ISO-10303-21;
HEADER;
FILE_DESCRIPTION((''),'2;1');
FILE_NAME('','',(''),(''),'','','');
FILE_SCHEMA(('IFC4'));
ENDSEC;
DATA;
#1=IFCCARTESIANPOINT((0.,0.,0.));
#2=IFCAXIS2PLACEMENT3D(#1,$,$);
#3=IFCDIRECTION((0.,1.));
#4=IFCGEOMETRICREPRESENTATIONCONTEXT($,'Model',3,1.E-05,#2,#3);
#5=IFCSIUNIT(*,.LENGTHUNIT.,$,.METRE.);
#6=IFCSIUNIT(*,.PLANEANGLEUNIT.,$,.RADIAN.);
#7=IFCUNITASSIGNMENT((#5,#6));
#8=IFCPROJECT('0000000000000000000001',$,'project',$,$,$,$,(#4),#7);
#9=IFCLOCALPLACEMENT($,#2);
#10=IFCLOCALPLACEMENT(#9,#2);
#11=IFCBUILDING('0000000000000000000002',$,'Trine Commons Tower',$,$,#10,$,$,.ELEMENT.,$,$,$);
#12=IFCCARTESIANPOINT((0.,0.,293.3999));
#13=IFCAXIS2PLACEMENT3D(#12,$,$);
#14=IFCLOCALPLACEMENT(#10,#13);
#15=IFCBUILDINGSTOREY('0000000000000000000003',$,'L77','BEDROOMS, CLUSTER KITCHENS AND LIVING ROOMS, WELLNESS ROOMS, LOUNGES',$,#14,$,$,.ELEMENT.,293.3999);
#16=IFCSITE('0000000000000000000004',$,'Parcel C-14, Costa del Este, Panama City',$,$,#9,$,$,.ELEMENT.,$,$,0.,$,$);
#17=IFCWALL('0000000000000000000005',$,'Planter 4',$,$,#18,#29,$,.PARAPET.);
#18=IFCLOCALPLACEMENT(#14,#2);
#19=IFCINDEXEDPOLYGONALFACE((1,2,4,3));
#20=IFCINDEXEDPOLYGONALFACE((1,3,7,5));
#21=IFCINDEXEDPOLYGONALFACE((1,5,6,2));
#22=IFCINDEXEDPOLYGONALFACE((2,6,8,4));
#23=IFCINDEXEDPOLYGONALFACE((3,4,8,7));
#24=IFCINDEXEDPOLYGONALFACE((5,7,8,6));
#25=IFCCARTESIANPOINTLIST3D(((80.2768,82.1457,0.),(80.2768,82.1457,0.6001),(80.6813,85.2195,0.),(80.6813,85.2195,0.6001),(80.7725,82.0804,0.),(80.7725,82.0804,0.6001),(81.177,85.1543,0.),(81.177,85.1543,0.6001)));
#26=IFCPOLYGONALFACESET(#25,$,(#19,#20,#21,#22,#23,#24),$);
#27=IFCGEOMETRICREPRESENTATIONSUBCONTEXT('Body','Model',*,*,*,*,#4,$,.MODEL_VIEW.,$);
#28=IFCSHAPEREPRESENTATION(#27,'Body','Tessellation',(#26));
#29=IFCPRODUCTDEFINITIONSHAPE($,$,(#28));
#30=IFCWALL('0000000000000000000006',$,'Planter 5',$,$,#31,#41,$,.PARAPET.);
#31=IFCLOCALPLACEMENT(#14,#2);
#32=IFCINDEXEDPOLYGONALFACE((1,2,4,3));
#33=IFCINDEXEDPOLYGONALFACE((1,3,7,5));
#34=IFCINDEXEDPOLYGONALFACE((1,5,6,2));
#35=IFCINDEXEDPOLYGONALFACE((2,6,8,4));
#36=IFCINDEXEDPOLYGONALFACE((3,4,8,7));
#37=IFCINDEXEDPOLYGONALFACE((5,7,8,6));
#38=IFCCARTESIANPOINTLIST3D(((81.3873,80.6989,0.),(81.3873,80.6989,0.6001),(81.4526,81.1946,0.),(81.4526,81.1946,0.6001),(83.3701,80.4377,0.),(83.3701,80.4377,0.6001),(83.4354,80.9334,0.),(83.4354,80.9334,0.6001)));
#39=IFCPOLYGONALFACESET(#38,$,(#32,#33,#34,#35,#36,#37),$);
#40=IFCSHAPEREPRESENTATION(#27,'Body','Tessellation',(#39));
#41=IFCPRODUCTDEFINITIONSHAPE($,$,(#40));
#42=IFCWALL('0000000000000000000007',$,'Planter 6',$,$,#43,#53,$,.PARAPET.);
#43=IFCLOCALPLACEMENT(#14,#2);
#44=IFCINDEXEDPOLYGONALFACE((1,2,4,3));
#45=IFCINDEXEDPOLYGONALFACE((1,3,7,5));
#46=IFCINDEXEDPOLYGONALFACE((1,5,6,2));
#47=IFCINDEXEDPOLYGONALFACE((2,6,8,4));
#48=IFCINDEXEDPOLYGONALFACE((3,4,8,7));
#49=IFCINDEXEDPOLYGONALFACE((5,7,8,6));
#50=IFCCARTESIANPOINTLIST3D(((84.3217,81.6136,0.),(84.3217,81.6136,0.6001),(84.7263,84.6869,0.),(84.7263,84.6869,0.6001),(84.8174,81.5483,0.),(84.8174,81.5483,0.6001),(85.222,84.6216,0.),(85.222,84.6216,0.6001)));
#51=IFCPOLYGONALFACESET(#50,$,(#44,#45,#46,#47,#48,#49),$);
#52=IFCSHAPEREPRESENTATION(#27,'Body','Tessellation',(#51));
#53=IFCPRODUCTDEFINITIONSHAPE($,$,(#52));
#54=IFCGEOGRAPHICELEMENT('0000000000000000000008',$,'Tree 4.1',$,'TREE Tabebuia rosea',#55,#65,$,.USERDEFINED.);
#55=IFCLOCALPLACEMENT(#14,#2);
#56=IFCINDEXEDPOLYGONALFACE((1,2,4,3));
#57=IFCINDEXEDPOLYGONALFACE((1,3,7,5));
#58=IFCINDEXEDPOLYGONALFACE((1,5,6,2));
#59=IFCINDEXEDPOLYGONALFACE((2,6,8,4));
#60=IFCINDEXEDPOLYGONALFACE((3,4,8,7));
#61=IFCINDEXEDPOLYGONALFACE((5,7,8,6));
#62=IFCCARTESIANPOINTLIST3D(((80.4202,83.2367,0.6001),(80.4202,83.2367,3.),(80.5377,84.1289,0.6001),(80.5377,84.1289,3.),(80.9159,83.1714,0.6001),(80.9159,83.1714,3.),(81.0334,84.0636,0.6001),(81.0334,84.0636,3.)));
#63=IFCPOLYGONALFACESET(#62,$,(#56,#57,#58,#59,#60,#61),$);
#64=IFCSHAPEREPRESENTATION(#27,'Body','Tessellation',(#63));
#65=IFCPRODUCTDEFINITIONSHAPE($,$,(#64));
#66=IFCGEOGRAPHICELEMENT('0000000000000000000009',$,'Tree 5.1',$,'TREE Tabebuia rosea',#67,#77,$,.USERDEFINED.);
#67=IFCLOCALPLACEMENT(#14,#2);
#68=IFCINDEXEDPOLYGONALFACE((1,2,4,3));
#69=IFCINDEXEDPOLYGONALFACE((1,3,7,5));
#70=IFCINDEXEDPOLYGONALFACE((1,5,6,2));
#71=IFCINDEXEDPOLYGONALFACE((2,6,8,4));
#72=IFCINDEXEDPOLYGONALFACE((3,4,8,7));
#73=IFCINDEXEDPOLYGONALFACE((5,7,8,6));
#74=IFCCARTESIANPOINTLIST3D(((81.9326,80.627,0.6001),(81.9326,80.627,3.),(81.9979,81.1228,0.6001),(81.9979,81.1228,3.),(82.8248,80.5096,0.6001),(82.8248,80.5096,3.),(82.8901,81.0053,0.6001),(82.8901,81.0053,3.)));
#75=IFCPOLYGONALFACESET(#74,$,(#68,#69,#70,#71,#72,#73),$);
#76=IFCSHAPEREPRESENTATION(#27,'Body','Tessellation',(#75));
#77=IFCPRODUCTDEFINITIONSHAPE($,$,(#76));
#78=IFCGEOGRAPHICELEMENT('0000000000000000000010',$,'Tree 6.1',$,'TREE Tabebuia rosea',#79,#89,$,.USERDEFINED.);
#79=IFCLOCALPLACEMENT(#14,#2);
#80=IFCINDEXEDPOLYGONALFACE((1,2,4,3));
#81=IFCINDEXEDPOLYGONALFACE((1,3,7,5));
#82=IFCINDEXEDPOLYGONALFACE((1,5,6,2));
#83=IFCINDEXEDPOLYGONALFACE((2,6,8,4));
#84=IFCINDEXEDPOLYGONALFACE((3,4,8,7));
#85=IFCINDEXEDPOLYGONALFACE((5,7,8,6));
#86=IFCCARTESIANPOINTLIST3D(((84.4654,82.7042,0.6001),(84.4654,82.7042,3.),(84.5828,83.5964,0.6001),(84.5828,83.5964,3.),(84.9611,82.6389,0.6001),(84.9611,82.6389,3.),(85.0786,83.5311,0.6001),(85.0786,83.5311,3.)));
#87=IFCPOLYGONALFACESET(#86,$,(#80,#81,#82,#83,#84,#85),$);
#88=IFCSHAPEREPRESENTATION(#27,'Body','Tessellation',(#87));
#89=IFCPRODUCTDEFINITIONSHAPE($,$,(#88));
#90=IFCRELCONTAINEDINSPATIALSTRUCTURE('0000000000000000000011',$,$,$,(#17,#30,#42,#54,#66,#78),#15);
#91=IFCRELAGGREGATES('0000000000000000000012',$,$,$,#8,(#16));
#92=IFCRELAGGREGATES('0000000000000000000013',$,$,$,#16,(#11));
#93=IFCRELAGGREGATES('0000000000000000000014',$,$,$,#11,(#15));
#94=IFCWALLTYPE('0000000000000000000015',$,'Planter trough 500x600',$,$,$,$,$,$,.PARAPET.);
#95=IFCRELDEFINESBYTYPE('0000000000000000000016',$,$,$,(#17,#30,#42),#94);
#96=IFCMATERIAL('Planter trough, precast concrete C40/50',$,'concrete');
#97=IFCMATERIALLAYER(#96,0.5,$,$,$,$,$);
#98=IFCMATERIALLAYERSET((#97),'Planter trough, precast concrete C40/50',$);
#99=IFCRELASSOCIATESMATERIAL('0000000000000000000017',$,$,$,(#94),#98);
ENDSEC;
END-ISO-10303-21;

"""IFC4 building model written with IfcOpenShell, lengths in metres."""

from ifc_helpers import new_model, si_unit, direction, frame, frame_2d, origin, origin_2d, place, context, subcontext, project, spatial, rectangle, extrude, material, layer, layer_set, type_object, element, save


model = new_model("IFC4")

# Units and contexts
model_context = context("Model", 3, precision=1e-05, world=origin(), true_north=direction((0.0, 1.0)))
body_context = subcontext(model_context, "Body", "Model", "MODEL_VIEW")
ifc_project = project(units=[si_unit("LENGTHUNIT", "METRE"), si_unit("PLANEANGLEUNIT", "RADIAN")], contexts=[model_context])

# Site, building, storey
site_placement = place(None, origin())
site = spatial("IfcSite", under=ifc_project, at=site_placement, Name="Parcel C-14, Costa del Este, Panama City", CompositionType="ELEMENT", RefElevation=0.0)
building_placement = place(site_placement, origin())
building = spatial("IfcBuilding", under=site, at=building_placement, Name="Trine Commons Tower", CompositionType="ELEMENT")
storey_placement = place(building_placement, frame((0.0, 0.0, 293.3999)))
storey = spatial("IfcBuildingStorey", under=building, at=storey_placement, Name="L77", Description="BEDROOMS, CLUSTER KITCHENS AND LIVING ROOMS, WELLNESS ROOMS, LOUNGES", CompositionType="ELEMENT", Elevation=293.3999)

# Walls
ifc_material_1 = material(Name="Planter trough, precast concrete C40/50", Category="concrete")
ifc_layer_1 = layer(ifc_material_1, 0.5)
ifc_layer_set_1 = layer_set([ifc_layer_1], Name="Planter trough, precast concrete C40/50")
wall_type_1 = type_object("IfcWallType", Name="Planter trough 500x600", PredefinedType="PARAPET", material=ifc_layer_set_1)
wall_1_placement = place(storey_placement, frame((80.9292, 85.187, 0.0), z_axis=(0.0, 0.0, 1.0), x_axis=(-0.130487, -0.99145, 0.0)))
element("IfcWall", 1, at=wall_1_placement, inside=storey, type_object=wall_type_1, Name="Planter 4", PredefinedType="PARAPET", context=body_context, shape_type="SweptSolid", body=[
    extrude(rectangle(XDim=3.1003, YDim=0.5, at=frame_2d((1.5503, 0.0))), origin(), (0.0, 0.0, 1.0), 0.6001),
])
wall_2_placement = place(storey_placement, frame((81.4199, 80.9468, 0.0), z_axis=(0.0, 0.0, 1.0), x_axis=(0.991434, -0.130612, 0.0)))
element("IfcWall", 2, at=wall_2_placement, inside=storey, type_object=wall_type_1, Name="Planter 5", PredefinedType="PARAPET", context=body_context, shape_type="SweptSolid", body=[
    extrude(rectangle(XDim=2.0, YDim=0.5, at=frame_2d((1.0, 0.0))), origin(), (0.0, 0.0, 1.0), 0.6001),
])
wall_3_placement = place(storey_placement, frame((84.5696, 81.5811, 0.0), z_axis=(0.0, 0.0, 1.0), x_axis=(0.130507, 0.991447, 0.0)))
element("IfcWall", 3, at=wall_3_placement, inside=storey, type_object=wall_type_1, Name="Planter 6", PredefinedType="PARAPET", context=body_context, shape_type="SweptSolid", body=[
    extrude(rectangle(XDim=3.0999, YDim=0.5, at=frame_2d((1.5498, 0.0))), origin(), (0.0, 0.0, 1.0), 0.6001),
])

# Geographic elements
for number, where, z_axis, x_axis, name in (
    (4, (80.7268, 83.6501, 0.6001), (0.0, 0.0, 1.0), (-0.130514, -0.991446, 0.0), "Tree 4.1"),
    (5, (82.4114, 80.8162, 0.6001), (0.0, 0.0, 1.0), (0.991443, -0.130543, 0.0), "Tree 5.1"),
    (6, (84.772, 83.1177, 0.6001), (0.0, 0.0, 1.0), (0.130518, 0.991446, 0.0), "Tree 6.1"),
):
    element("IfcGeographicElement", number, at=place(storey_placement, frame(where, z_axis=z_axis, x_axis=x_axis)), inside=storey, Name=name, ObjectType="TREE Tabebuia rosea", PredefinedType="USERDEFINED", context=body_context, shape_type="SweptSolid", body=[
        extrude(rectangle(XDim=0.8999, YDim=0.5, at=origin_2d()), origin(), (0.0, 0.0, 1.0), 2.3999),
    ])

save(model, "model.ifc")
